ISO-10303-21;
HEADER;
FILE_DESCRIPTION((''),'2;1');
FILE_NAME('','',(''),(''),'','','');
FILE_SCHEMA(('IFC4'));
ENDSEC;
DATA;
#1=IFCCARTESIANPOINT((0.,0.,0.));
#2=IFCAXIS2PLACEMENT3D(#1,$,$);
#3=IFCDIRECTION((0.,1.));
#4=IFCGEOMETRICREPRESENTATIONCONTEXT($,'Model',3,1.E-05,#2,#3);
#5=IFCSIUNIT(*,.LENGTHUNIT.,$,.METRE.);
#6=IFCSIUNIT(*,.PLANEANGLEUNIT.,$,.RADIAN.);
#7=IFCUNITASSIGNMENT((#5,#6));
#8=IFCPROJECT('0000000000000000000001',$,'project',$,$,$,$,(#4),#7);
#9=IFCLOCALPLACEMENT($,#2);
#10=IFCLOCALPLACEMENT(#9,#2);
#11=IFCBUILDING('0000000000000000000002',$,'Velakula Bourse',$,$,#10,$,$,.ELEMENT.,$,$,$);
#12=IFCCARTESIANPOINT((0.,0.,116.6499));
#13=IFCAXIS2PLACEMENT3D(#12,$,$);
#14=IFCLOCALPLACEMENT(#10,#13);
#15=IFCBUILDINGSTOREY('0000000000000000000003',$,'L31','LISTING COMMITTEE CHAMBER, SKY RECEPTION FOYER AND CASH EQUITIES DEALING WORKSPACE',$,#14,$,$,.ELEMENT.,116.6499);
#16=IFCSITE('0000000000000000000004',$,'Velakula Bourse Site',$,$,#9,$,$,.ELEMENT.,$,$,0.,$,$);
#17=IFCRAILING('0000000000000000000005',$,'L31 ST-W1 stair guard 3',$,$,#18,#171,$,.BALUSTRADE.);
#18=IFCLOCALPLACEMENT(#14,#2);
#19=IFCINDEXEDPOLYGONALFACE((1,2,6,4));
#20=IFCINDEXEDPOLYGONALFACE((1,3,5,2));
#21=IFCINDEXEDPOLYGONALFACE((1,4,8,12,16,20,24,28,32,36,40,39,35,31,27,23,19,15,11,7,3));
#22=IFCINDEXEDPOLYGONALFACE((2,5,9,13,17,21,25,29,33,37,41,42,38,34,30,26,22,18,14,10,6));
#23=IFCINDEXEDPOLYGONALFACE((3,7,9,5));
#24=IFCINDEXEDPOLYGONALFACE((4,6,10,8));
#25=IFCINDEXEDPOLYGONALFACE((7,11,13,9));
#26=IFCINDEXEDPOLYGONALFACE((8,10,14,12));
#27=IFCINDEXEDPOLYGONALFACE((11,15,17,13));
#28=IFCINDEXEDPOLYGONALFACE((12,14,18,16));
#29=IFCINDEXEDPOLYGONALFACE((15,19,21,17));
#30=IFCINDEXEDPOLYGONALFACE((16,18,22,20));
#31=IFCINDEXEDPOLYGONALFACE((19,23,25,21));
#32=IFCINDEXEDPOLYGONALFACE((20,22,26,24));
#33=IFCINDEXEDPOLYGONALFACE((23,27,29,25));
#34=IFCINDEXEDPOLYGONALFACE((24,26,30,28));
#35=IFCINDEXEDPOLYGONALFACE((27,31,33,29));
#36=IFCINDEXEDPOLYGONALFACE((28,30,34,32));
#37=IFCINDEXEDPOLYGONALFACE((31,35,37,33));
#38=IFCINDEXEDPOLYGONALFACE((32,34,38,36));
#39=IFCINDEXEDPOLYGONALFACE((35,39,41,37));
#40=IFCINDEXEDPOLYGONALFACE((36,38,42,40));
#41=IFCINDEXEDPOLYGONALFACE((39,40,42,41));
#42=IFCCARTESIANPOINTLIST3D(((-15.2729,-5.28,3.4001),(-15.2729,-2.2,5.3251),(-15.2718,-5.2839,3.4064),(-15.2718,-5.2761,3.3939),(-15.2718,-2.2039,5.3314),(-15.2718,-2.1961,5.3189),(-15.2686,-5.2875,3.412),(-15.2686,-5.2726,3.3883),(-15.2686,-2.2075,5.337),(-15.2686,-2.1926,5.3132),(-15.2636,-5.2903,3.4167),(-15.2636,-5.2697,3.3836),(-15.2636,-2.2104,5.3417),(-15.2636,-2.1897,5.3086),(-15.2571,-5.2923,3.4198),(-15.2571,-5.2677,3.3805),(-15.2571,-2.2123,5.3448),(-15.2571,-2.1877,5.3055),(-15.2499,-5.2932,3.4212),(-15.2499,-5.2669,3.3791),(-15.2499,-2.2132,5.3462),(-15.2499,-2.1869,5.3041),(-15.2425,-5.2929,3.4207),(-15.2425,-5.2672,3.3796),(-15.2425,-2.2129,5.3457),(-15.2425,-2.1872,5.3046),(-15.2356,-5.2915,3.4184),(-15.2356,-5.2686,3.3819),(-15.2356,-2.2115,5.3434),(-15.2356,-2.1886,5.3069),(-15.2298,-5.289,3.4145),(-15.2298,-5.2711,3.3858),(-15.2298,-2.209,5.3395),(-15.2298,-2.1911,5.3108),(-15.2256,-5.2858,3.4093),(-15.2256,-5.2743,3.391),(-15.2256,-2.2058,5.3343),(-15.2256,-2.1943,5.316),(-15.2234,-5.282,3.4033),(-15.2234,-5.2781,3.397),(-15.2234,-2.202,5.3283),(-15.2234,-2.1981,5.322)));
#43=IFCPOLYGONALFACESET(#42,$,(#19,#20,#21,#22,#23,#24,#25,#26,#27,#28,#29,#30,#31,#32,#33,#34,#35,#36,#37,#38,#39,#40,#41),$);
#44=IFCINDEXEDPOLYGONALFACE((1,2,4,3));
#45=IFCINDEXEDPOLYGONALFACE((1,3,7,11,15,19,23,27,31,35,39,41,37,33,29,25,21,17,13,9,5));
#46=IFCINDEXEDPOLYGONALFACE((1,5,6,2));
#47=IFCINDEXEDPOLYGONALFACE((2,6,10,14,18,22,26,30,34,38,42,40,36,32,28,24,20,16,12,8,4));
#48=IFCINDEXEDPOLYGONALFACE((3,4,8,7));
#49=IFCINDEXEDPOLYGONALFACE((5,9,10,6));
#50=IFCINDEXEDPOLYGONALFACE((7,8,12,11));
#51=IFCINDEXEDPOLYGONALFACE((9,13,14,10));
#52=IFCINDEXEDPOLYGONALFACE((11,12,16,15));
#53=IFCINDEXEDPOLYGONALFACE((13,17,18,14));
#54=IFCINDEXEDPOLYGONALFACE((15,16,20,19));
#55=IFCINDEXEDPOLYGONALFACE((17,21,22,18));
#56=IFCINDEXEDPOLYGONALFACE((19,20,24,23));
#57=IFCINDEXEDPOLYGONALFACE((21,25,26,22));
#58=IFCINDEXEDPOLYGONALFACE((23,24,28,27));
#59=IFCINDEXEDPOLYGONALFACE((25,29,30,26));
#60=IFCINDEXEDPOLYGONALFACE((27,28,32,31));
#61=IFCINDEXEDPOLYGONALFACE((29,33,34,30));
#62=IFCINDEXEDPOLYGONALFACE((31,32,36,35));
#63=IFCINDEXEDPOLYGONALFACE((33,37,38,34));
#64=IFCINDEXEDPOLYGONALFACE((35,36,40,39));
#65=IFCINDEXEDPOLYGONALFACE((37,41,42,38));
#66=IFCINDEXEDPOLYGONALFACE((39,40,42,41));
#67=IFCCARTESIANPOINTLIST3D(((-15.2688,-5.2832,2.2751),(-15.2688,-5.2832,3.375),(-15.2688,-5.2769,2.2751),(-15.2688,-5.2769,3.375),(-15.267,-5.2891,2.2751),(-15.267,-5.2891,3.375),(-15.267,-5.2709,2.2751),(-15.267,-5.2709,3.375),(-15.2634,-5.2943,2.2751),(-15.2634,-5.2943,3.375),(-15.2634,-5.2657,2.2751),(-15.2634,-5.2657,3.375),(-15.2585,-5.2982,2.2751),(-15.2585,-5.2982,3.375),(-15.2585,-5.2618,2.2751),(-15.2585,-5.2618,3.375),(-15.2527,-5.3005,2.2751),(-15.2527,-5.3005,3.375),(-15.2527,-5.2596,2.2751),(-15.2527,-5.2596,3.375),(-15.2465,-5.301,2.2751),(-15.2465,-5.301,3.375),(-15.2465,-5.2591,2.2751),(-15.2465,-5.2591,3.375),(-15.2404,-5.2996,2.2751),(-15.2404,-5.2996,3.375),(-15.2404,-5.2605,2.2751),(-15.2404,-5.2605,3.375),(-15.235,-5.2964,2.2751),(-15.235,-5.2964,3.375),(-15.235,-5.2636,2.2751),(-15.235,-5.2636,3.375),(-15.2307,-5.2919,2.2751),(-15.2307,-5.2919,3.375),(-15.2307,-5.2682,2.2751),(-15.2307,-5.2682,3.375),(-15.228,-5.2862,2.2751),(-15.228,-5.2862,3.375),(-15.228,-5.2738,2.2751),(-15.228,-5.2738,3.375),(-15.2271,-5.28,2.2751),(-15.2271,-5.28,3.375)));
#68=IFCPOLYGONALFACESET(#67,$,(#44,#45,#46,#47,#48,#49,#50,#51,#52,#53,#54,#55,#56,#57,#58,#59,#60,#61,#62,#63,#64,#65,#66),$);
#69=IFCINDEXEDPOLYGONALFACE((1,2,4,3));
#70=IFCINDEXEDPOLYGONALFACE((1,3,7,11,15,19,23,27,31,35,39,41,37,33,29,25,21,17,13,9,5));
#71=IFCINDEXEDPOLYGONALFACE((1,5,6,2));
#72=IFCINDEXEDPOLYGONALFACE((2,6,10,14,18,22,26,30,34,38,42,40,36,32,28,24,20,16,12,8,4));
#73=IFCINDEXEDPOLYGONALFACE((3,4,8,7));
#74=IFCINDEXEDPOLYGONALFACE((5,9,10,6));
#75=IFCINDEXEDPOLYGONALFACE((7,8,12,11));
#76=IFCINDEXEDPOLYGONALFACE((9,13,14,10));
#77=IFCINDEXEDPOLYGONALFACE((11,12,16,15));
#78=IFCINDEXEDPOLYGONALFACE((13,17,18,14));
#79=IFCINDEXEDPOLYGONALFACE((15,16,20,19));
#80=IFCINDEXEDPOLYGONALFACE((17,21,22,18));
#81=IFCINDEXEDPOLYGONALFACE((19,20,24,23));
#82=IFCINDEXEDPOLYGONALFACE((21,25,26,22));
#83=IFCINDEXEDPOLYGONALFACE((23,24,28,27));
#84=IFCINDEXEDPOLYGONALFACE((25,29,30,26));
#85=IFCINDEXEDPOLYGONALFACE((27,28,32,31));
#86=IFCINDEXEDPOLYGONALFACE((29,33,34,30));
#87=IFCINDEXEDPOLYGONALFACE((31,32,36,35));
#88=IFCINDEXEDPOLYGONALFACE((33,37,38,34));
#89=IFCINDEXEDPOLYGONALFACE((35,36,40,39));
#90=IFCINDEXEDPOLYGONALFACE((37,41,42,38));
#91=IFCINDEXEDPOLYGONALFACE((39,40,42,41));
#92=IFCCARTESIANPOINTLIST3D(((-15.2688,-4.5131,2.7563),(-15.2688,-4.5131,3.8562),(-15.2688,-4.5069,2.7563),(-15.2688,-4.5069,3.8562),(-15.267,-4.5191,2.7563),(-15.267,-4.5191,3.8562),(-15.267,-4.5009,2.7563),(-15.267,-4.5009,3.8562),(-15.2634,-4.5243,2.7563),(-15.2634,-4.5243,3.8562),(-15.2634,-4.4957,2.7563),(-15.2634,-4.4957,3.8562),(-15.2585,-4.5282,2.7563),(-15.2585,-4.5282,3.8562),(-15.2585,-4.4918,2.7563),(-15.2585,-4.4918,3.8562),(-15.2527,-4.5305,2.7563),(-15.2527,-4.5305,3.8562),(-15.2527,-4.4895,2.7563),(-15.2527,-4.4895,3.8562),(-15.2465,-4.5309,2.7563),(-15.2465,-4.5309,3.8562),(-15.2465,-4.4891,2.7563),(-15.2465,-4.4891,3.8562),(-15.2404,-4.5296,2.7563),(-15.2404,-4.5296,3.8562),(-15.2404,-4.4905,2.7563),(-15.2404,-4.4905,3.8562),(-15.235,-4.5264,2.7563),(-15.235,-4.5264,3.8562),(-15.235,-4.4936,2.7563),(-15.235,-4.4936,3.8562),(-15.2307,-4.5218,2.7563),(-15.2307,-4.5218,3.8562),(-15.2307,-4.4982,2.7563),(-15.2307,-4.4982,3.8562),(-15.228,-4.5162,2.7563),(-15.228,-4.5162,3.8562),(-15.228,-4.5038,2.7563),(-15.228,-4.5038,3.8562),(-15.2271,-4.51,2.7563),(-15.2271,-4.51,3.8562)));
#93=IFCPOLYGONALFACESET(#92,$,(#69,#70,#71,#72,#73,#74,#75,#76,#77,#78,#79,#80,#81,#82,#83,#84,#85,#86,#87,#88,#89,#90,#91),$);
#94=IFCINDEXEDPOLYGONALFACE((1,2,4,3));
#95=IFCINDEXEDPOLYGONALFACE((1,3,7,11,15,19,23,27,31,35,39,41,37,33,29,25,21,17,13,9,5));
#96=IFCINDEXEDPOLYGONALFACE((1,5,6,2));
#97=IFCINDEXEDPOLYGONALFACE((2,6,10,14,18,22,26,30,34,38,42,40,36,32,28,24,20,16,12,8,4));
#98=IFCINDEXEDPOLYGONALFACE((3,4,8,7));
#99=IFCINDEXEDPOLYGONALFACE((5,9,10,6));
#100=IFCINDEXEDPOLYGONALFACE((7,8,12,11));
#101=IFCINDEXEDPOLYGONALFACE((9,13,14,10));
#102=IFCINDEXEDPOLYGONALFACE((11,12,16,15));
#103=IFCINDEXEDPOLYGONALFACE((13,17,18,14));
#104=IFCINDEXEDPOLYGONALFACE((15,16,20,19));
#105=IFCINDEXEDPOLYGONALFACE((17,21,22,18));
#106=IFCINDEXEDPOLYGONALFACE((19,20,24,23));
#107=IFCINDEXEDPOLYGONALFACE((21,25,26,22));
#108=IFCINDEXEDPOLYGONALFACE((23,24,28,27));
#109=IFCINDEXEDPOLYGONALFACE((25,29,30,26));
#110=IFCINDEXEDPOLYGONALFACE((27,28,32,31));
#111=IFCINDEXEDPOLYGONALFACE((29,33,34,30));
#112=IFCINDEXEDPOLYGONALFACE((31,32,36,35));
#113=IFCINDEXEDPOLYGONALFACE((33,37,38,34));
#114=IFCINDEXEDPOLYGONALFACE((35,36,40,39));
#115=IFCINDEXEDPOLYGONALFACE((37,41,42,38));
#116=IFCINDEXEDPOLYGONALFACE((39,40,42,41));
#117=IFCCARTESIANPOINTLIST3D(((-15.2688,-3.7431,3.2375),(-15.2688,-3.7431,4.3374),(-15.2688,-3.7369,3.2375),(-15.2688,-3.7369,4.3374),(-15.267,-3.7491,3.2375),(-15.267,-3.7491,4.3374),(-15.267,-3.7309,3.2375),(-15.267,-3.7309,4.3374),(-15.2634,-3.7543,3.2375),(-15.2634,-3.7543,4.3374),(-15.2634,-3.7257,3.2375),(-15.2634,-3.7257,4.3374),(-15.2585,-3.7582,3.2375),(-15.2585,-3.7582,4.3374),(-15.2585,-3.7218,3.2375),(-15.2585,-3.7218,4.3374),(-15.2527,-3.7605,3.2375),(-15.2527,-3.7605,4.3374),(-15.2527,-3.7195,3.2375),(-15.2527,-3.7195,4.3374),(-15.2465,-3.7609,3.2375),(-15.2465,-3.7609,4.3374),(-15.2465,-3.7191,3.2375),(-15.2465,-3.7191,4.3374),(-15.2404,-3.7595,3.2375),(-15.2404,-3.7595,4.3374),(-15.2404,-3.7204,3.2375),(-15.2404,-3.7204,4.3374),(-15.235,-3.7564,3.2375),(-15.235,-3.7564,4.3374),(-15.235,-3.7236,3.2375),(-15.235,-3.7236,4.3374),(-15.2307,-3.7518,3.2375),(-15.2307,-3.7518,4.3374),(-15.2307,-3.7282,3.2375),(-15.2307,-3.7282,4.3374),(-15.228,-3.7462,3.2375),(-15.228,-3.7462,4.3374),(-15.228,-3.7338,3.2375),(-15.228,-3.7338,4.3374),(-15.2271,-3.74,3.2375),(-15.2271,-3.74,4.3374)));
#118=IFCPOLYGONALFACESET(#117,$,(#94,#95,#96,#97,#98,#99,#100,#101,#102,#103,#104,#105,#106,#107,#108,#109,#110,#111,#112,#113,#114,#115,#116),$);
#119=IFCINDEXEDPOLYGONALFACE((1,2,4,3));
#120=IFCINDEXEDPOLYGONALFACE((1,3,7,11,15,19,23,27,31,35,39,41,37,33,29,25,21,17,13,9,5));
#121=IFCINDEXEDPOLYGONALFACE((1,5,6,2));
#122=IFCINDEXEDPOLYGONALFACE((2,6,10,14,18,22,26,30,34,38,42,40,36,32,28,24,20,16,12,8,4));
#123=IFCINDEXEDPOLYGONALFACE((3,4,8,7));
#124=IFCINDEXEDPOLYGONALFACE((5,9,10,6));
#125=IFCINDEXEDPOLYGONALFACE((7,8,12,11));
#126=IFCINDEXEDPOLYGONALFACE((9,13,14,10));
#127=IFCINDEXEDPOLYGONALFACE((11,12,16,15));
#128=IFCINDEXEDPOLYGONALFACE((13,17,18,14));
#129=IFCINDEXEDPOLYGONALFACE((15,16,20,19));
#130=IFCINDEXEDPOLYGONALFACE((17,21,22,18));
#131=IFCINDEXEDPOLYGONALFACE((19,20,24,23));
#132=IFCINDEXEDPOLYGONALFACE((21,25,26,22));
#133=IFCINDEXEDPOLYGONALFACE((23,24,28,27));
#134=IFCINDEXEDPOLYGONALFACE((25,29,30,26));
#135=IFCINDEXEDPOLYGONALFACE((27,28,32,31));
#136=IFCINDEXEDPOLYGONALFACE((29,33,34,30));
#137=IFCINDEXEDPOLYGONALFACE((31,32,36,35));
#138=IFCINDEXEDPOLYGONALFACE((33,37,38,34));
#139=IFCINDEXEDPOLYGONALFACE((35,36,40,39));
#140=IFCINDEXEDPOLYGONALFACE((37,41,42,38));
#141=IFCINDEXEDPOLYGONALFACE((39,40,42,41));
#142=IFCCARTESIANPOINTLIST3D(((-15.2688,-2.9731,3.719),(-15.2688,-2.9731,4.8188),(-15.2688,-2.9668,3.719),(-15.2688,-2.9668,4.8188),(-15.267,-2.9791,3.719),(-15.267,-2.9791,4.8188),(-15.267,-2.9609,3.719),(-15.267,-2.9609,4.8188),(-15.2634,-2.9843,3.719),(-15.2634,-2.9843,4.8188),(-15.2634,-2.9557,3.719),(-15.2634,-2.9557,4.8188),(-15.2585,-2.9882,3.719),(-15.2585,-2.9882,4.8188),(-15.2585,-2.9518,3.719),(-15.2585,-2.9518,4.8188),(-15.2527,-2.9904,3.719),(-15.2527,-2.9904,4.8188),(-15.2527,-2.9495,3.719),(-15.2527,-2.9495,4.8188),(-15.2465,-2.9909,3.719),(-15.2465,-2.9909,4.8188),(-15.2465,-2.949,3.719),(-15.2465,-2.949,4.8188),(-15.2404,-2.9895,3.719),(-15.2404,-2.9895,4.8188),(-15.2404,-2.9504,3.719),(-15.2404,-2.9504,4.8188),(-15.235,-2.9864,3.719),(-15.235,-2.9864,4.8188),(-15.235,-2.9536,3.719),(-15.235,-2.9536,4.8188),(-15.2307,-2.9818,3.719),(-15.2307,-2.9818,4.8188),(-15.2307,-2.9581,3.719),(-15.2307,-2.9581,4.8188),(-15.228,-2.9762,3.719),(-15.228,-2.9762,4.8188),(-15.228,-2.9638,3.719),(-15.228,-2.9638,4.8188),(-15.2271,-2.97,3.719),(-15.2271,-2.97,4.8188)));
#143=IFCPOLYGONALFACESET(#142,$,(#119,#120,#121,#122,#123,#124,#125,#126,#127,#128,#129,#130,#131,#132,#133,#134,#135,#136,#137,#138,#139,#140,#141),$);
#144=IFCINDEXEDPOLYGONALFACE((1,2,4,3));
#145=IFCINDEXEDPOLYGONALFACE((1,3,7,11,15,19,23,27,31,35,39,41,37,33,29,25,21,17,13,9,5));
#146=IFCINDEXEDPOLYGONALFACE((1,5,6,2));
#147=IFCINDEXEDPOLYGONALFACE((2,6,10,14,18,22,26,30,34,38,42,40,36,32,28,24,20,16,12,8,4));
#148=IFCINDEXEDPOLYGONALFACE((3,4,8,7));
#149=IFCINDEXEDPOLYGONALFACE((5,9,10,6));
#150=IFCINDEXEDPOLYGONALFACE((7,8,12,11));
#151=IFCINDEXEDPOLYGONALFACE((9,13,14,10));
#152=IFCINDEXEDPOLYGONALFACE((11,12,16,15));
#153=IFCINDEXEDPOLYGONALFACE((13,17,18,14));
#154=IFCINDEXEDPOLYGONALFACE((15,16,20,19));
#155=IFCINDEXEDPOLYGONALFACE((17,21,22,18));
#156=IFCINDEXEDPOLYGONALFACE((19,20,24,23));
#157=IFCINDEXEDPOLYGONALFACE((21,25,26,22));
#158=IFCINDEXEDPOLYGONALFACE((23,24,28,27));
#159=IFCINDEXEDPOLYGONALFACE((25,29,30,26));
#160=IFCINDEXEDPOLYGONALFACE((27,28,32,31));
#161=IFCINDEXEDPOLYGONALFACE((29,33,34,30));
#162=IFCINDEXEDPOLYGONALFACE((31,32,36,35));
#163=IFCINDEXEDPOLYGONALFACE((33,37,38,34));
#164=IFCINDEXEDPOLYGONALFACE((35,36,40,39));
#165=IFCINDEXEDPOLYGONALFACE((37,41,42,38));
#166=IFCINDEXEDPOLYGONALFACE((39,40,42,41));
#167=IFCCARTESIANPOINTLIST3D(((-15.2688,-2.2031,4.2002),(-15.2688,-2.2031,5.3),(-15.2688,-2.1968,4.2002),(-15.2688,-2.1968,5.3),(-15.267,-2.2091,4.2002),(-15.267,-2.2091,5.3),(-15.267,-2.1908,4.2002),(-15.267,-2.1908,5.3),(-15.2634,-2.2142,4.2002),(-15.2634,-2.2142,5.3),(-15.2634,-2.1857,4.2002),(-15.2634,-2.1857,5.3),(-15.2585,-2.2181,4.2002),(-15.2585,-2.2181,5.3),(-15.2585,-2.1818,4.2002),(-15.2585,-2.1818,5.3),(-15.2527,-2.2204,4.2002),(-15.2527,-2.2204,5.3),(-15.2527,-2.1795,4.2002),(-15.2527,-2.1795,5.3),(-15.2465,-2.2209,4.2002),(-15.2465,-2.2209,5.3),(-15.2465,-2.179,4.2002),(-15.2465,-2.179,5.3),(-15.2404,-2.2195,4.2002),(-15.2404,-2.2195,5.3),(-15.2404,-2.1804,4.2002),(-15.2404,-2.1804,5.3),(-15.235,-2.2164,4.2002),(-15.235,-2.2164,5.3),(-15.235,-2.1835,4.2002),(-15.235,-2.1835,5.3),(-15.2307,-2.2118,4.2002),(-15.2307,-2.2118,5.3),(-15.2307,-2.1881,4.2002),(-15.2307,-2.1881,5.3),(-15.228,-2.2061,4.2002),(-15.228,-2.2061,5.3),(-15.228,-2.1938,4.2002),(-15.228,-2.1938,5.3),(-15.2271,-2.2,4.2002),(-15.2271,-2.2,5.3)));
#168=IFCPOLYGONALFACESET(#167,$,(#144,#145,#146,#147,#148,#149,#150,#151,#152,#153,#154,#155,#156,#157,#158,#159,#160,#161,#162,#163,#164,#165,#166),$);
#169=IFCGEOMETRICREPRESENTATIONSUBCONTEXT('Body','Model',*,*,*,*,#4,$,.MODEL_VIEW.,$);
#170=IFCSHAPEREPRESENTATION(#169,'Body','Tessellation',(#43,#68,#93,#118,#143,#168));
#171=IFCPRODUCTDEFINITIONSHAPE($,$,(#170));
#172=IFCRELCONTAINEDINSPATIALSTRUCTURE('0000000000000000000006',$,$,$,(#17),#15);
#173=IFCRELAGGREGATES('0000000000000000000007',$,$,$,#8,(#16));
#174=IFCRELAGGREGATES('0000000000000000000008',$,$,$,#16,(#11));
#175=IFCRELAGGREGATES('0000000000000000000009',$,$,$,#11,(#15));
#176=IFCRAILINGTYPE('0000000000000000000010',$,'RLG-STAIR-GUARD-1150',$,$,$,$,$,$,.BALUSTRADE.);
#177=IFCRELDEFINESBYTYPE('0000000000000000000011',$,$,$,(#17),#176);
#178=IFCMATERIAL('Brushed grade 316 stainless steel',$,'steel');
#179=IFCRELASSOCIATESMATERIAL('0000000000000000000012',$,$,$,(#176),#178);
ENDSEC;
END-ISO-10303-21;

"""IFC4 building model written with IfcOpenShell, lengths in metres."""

from ifc_helpers import new_model, si_unit, direction, frame, origin, origin_2d, place, context, subcontext, project, spatial, circle, extrude, material, type_object, element, save


model = new_model("IFC4")

# Units and contexts
model_context = context("Model", 3, precision=1e-05, world=origin(), true_north=direction((0.0, 1.0)))
body_context = subcontext(model_context, "Body", "Model", "MODEL_VIEW")
ifc_project = project(units=[si_unit("LENGTHUNIT", "METRE"), si_unit("PLANEANGLEUNIT", "RADIAN")], contexts=[model_context])

# Site, building, storey
site_placement = place(None, origin())
site = spatial("IfcSite", under=ifc_project, at=site_placement, Name="Velakula Bourse Site", CompositionType="ELEMENT", RefElevation=0.0)
building_placement = place(site_placement, origin())
building = spatial("IfcBuilding", under=site, at=building_placement, Name="Velakula Bourse", CompositionType="ELEMENT")
storey_placement = place(building_placement, frame((0.0, 0.0, 116.6499)))
storey = spatial("IfcBuildingStorey", under=building, at=storey_placement, Name="L31", Description="LISTING COMMITTEE CHAMBER, SKY RECEPTION FOYER AND CASH EQUITIES DEALING WORKSPACE", CompositionType="ELEMENT", Elevation=116.6499)

# Shared definitions
ifc_material_1 = material(Name="Brushed grade 316 stainless steel", Category="steel")

# Railing
railing_type_1 = type_object("IfcRailingType", Name="RLG-STAIR-GUARD-1150", PredefinedType="BALUSTRADE", material=ifc_material_1)
railing_1_placement = place(storey_placement, frame((-15.248, -5.28, 2.2751)))
element("IfcRailing", 1, at=railing_1_placement, inside=storey, type_object=railing_type_1, Name="L31 ST-W1 stair guard 3", PredefinedType="BALUSTRADE", context=body_context, shape_type="SweptSolid", body=[
    extrude(circle(Radius=0.0249, at=origin_2d()), frame((0.0, 0.0, 1.125), z_axis=(0.0, 0.847998, 0.529999), x_axis=(-1.0, 0.0, 0.0)), (0.0, 0.0, 1.0), 3.6321),
    extrude(circle(Radius=0.021, at=origin_2d()), origin(), (0.0, 0.0, 1.0), 1.0999),
    extrude(circle(Radius=0.021, at=origin_2d()), frame((0.0, 0.77, 0.4812)), (0.0, 0.0, 1.0), 1.0999),
    extrude(circle(Radius=0.021, at=origin_2d()), frame((0.0, 1.54, 0.9624)), (0.0, 0.0, 1.0), 1.0999),
    extrude(circle(Radius=0.021, at=origin_2d()), frame((0.0, 2.3101, 1.4438)), (0.0, 0.0, 1.0), 1.0999),
    extrude(circle(Radius=0.021, at=origin_2d()), frame((0.0, 3.0801, 1.925)), (0.0, 0.0, 1.0), 1.0999),
])

save(model, "model.ifc")
